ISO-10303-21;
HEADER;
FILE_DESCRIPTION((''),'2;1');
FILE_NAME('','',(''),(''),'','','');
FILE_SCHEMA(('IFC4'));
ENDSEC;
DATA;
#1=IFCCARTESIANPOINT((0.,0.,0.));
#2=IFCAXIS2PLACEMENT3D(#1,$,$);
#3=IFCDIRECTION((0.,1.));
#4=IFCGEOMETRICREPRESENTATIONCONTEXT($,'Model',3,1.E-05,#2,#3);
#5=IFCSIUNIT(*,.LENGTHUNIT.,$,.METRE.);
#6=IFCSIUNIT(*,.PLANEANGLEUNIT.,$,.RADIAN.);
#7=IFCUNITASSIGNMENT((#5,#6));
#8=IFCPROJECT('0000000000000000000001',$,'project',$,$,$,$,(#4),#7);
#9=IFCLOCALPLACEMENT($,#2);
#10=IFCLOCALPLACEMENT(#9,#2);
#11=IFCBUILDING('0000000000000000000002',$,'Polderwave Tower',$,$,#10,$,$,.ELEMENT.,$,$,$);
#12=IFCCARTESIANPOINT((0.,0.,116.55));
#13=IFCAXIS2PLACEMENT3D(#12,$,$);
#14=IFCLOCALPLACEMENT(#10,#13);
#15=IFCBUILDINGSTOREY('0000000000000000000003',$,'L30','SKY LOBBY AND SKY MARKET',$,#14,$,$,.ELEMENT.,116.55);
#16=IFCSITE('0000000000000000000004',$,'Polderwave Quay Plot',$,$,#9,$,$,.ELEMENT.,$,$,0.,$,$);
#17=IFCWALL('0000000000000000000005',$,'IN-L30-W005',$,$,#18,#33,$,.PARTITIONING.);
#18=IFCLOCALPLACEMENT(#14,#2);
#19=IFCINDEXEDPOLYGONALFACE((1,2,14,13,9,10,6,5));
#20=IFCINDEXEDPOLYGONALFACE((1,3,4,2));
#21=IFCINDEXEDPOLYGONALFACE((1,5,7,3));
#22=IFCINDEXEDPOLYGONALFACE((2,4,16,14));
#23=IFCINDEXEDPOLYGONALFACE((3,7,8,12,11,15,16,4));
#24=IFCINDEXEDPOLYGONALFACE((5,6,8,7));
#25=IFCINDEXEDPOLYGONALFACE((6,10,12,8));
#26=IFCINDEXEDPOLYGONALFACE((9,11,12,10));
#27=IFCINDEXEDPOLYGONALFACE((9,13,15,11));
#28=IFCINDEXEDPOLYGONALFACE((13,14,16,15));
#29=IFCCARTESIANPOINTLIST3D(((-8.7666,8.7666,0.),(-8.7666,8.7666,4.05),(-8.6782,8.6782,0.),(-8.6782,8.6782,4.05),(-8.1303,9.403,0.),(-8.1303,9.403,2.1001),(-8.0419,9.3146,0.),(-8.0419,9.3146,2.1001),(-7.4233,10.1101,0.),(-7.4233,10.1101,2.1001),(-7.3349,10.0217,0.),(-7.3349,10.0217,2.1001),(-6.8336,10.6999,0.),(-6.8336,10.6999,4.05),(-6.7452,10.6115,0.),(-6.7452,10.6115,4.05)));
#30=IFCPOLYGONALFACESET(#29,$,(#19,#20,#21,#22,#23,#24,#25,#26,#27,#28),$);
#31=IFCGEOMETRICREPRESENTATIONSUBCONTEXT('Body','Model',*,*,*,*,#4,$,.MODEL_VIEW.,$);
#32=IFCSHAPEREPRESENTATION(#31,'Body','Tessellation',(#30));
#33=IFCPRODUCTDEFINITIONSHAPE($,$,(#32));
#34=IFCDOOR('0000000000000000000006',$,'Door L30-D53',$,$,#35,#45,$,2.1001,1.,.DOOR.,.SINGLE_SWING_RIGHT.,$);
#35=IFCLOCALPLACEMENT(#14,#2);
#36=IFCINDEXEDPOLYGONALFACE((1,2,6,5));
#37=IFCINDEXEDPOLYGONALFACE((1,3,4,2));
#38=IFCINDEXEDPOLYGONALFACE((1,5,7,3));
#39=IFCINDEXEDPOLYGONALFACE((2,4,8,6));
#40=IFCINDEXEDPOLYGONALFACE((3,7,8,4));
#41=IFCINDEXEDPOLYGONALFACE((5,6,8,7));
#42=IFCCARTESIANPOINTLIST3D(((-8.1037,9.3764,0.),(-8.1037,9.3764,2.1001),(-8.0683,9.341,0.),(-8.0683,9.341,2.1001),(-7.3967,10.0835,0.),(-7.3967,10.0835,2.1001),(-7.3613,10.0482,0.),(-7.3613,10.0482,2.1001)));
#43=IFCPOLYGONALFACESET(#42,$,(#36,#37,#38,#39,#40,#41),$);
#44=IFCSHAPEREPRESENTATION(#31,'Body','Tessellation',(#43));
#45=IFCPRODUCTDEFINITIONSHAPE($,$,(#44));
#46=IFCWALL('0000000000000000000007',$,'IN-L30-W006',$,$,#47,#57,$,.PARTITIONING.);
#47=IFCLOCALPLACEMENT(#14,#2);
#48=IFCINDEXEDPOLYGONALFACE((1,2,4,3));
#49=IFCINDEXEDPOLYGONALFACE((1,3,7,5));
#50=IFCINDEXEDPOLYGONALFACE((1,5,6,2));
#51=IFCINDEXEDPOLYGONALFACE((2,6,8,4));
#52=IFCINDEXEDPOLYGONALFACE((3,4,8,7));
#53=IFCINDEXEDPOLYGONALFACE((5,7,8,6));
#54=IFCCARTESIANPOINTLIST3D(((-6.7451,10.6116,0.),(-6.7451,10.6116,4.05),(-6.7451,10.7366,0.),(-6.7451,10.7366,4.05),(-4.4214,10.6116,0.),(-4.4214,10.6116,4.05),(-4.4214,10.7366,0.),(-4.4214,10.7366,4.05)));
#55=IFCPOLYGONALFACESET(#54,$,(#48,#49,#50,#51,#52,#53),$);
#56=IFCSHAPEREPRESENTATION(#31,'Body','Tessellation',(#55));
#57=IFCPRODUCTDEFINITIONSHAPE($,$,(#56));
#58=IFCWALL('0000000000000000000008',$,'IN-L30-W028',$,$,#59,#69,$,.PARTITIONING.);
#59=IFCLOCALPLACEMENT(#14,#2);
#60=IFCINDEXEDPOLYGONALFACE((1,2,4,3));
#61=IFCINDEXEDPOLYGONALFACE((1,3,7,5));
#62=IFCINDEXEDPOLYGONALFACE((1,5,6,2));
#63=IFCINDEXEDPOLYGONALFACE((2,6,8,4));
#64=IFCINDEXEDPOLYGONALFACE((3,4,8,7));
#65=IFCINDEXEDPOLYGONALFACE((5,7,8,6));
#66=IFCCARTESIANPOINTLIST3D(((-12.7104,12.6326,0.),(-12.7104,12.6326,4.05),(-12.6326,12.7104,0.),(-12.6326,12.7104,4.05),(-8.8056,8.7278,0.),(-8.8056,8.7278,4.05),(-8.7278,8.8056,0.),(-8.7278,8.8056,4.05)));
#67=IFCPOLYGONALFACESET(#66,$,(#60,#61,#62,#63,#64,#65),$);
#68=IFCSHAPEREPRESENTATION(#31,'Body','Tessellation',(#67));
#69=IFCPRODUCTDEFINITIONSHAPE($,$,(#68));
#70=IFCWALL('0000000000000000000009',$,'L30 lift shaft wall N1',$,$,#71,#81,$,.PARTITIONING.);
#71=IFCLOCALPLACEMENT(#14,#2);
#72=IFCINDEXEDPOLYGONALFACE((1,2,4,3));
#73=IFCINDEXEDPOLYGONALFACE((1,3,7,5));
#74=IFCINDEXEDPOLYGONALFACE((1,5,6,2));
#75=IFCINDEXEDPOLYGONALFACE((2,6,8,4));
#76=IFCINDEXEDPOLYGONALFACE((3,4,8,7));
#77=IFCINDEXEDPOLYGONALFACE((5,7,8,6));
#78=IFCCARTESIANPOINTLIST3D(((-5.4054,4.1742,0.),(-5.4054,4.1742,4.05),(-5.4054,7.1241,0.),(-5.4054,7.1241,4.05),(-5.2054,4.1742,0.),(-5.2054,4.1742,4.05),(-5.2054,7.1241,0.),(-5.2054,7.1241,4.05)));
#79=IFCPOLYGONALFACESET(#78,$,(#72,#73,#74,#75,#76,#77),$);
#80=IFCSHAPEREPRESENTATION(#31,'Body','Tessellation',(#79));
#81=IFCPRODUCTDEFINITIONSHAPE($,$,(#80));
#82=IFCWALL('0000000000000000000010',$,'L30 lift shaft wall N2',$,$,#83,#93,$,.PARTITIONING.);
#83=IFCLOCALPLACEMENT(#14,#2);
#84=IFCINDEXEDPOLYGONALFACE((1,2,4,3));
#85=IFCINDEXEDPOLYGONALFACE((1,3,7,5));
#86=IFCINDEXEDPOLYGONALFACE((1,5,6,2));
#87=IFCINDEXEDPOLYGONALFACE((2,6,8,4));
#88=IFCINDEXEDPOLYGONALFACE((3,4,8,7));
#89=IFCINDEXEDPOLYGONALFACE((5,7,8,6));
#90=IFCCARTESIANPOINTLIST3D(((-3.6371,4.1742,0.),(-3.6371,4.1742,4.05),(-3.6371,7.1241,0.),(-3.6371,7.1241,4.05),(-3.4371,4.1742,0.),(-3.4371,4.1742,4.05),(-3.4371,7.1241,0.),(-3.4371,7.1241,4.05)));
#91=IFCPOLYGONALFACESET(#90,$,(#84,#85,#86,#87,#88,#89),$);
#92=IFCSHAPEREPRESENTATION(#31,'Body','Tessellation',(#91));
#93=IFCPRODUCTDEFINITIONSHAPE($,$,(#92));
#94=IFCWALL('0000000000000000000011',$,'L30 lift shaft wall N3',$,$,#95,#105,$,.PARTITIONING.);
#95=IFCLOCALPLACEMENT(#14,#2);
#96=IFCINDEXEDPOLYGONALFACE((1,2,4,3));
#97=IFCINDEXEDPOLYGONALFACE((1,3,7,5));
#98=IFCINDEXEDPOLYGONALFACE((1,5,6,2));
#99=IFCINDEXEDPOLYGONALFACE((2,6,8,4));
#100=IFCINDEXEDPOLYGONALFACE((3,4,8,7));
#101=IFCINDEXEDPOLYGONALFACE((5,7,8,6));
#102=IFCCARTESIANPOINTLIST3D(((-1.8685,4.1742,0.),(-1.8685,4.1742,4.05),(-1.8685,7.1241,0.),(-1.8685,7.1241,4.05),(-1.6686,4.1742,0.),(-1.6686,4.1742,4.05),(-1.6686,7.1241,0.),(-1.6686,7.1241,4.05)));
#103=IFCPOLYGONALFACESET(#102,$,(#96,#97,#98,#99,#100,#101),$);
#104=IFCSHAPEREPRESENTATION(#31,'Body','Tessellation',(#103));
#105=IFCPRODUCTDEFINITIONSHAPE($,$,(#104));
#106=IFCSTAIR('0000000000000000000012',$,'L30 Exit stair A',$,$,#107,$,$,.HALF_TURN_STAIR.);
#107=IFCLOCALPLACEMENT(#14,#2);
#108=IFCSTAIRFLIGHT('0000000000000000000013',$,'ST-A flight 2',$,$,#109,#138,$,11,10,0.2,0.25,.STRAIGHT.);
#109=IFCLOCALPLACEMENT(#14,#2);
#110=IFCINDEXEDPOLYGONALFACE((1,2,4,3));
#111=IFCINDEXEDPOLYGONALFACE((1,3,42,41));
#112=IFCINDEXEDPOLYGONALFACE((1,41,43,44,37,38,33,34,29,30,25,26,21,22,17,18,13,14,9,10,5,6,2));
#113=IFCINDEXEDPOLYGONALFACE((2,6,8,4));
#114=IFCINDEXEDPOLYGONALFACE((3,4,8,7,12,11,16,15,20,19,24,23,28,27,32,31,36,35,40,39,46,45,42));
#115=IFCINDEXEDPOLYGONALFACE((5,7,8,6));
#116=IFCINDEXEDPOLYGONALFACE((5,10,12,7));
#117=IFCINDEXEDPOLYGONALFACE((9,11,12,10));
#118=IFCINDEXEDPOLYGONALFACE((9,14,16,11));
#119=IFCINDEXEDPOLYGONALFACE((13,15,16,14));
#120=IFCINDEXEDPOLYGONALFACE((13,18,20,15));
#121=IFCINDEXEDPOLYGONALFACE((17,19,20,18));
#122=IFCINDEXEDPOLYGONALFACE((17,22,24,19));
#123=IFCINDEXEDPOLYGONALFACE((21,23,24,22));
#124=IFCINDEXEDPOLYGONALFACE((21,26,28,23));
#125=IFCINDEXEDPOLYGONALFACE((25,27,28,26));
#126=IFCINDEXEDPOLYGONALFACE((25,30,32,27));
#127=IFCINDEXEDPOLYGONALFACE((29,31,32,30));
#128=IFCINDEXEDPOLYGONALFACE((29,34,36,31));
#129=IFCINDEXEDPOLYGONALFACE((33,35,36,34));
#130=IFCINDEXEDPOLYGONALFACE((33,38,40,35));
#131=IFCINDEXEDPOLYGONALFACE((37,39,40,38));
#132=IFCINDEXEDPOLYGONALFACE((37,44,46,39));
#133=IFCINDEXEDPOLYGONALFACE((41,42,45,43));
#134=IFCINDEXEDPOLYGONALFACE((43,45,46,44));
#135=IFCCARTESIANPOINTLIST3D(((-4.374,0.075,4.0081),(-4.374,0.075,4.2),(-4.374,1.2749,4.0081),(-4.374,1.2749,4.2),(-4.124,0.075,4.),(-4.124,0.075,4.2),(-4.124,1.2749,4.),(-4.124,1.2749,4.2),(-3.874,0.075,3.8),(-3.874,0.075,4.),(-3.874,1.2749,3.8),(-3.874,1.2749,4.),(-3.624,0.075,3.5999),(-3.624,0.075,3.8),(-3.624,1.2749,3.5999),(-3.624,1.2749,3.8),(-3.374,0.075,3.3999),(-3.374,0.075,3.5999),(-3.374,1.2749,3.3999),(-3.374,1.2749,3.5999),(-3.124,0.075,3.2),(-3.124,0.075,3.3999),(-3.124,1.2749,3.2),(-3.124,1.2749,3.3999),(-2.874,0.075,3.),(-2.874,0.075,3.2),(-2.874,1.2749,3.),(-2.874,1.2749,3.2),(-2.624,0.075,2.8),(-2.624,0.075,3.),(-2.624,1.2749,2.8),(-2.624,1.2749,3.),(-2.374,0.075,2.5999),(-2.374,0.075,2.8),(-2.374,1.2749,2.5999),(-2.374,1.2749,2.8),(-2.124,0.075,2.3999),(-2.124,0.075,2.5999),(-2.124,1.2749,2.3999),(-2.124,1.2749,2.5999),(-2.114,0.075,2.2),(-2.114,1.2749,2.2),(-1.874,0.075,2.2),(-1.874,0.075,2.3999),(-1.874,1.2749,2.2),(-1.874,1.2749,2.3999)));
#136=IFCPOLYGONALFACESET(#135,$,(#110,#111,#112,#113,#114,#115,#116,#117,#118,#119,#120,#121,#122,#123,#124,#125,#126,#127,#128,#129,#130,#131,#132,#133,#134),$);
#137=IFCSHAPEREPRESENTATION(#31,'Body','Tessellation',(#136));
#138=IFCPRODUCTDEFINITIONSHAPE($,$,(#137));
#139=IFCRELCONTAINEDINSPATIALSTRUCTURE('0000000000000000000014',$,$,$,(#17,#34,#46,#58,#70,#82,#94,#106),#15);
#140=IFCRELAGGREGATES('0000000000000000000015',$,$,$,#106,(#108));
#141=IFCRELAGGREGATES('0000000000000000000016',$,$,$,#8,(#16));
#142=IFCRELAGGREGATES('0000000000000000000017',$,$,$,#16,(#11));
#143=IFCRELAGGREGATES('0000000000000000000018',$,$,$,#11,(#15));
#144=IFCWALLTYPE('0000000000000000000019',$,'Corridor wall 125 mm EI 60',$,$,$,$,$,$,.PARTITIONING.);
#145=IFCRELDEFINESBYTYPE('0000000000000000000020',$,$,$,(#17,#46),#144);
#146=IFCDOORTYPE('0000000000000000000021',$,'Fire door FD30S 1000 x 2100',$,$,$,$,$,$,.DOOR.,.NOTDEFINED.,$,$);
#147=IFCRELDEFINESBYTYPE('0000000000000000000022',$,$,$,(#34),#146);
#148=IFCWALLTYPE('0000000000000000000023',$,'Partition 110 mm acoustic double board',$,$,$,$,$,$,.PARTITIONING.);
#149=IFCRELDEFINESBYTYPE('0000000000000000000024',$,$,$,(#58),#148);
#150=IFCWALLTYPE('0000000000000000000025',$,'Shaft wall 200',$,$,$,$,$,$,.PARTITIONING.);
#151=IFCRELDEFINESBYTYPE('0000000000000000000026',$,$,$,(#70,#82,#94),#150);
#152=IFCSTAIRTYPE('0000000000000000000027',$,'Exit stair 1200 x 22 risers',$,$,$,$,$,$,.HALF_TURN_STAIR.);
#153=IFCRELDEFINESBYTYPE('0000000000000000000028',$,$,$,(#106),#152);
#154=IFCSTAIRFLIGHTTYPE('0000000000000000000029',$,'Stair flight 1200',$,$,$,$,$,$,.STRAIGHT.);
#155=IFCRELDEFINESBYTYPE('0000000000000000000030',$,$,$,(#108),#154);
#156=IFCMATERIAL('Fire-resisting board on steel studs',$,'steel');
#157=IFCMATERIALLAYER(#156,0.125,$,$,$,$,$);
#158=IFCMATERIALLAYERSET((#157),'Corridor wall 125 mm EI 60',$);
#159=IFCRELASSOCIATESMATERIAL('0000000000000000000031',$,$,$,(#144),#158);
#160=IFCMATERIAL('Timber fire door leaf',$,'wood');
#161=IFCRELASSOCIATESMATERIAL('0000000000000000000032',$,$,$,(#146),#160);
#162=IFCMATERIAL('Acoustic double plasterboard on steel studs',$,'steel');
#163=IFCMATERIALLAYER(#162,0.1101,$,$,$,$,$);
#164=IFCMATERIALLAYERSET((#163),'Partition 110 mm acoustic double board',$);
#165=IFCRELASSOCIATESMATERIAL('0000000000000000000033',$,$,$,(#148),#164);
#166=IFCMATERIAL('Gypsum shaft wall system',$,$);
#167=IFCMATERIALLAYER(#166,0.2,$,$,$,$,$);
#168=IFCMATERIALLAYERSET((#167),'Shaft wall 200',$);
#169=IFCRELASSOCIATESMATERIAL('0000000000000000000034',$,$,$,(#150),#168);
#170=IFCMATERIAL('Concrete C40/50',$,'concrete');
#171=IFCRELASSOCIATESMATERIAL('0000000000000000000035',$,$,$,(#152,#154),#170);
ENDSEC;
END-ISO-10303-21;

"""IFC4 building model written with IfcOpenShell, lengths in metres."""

from ifc_helpers import new_model, si_unit, direction, frame, frame_2d, origin, place, context, subcontext, project, spatial, polyline, rectangle, outline, extrude, material, layer, layer_set, type_object, element, fill, aggregate, save


model = new_model("IFC4")

# Units and contexts
model_context = context("Model", 3, precision=1e-05, world=origin(), true_north=direction((0.0, 1.0)))
body_context = subcontext(model_context, "Body", "Model", "MODEL_VIEW")
ifc_project = project(units=[si_unit("LENGTHUNIT", "METRE"), si_unit("PLANEANGLEUNIT", "RADIAN")], contexts=[model_context])

# Site, building, storey
site_placement = place(None, origin())
site = spatial("IfcSite", under=ifc_project, at=site_placement, Name="Polderwave Quay Plot", CompositionType="ELEMENT", RefElevation=0.0)
building_placement = place(site_placement, origin())
building = spatial("IfcBuilding", under=site, at=building_placement, Name="Polderwave Tower", CompositionType="ELEMENT")
storey_placement = place(building_placement, frame((0.0, 0.0, 116.55)))
storey = spatial("IfcBuildingStorey", under=building, at=storey_placement, Name="L30", Description="SKY LOBBY AND SKY MARKET", CompositionType="ELEMENT", Elevation=116.55)

# Wall, opening, door
ifc_material_1 = material(Name="Fire-resisting board on steel studs", Category="steel")
ifc_layer_1 = layer(ifc_material_1, 0.125)
ifc_layer_set_1 = layer_set([ifc_layer_1], Name="Corridor wall 125 mm EI 60")
wall_type_1 = type_object("IfcWallType", Name="Corridor wall 125 mm EI 60", PredefinedType="PARTITIONING", material=ifc_layer_set_1)
wall_1_placement = place(storey_placement, frame((-8.7224, 8.7224, 0.0), z_axis=(0.0, 0.0, 1.0), x_axis=(0.707062, 0.707151, 0.0)))
wall_1 = element("IfcWall", 1, at=wall_1_placement, inside=storey, type_object=wall_type_1, Name="IN-L30-W005", PredefinedType="PARTITIONING", context=body_context, shape_type="SweptSolid", body=[
    extrude(rectangle(XDim=2.7339, YDim=0.125, at=frame_2d((1.3669, 0.0))), origin(), (0.0, 0.0, 1.0), 4.05),
])
opening_1_placement = place(wall_1_placement, frame((0.8999, 0.0, 0.0)))
opening_1 = element("IfcOpeningElement", 2, at=opening_1_placement, cuts=wall_1, PredefinedType="OPENING", context=body_context, shape_type="SweptSolid", body=[
    extrude(rectangle(XDim=1.0, YDim=2.1001, at=frame_2d((0.5, 1.05))), frame((0.0, 0.0725, 0.0), z_axis=(0.0, -1.0, 0.0), x_axis=(1.0, 0.0, 0.0)), (0.0, 0.0, 1.0), 0.145),
])
ifc_material_2 = material(Name="Timber fire door leaf", Category="wood")
door_type_1 = type_object("IfcDoorType", Name="Fire door FD30S 1000 x 2100", OperationType="NOTDEFINED", PredefinedType="DOOR", material=ifc_material_2)
door_1_placement = place(opening_1_placement, origin())
door_1 = element("IfcDoor", 3, at=door_1_placement, inside=storey, type_object=door_type_1, Name="Door L30-D53", OperationType="SINGLE_SWING_RIGHT", OverallHeight=2.1001, OverallWidth=1.0, PredefinedType="DOOR", context=body_context, shape_type="SweptSolid", body=[
    extrude(rectangle(XDim=1.0, YDim=2.1001, at=frame_2d((0.5, 1.05))), frame((0.0, 0.0249, 0.0), z_axis=(0.0, -1.0, 0.0), x_axis=(1.0, 0.0, 0.0)), (0.0, 0.0, 1.0), 0.05),
])
fill(opening_1, door_1)

# Walls
wall_2_placement = place(storey_placement, frame((-6.7451, 10.6741, 0.0), z_axis=(0.0, 0.0, 1.0), x_axis=(1.0, 0.0, 0.0)))
element("IfcWall", 4, at=wall_2_placement, inside=storey, type_object=wall_type_1, Name="IN-L30-W006", PredefinedType="PARTITIONING", context=body_context, shape_type="SweptSolid", body=[
    extrude(rectangle(XDim=2.3237, YDim=0.125, at=frame_2d((1.1619, 0.0))), origin(), (0.0, 0.0, 1.0), 4.05),
])
ifc_material_3 = material(Name="Acoustic double plasterboard on steel studs", Category="steel")
ifc_layer_2 = layer(ifc_material_3, 0.1101)
ifc_layer_set_2 = layer_set([ifc_layer_2], Name="Partition 110 mm acoustic double board")
wall_type_2 = type_object("IfcWallType", Name="Partition 110 mm acoustic double board", PredefinedType="PARTITIONING", material=ifc_layer_set_2)
wall_3_placement = place(storey_placement, frame((-8.7666, 8.7666, 0.0), z_axis=(0.0, 0.0, 1.0), x_axis=(-0.707107, 0.707107, 0.0)))
element("IfcWall", 5, at=wall_3_placement, inside=storey, type_object=wall_type_2, Name="IN-L30-W028", PredefinedType="PARTITIONING", context=body_context, shape_type="SweptSolid", body=[
    extrude(rectangle(XDim=5.5222, YDim=0.1101, at=frame_2d((2.7612, 0.0))), origin(), (0.0, 0.0, 1.0), 4.05),
])
ifc_material_4 = material(Name="Gypsum shaft wall system")
ifc_layer_3 = layer(ifc_material_4, 0.2)
ifc_layer_set_3 = layer_set([ifc_layer_3], Name="Shaft wall 200")
wall_type_3 = type_object("IfcWallType", Name="Shaft wall 200", PredefinedType="PARTITIONING", material=ifc_layer_set_3)
for number, where, z_axis, x_axis, name in (
    (6, (-5.3054, 4.1741, 0.0), (0.0, 0.0, 1.0), (0.0, 1.0, 0.0), "L30 lift shaft wall N1"),
    (7, (-3.5371, 4.1741, 0.0), (0.0, 0.0, 1.0), (0.0, 1.0, 0.0), "L30 lift shaft wall N2"),
    (8, (-1.7686, 4.1741, 0.0), (0.0, 0.0, 1.0), (0.0, 1.0, 0.0), "L30 lift shaft wall N3"),
):
    element("IfcWall", number, at=place(storey_placement, frame(where, z_axis=z_axis, x_axis=x_axis)), inside=storey, type_object=wall_type_3, Name=name, PredefinedType="PARTITIONING", context=body_context, shape_type="SweptSolid", body=[
        extrude(rectangle(XDim=2.95, YDim=0.2, at=frame_2d((1.4751, 0.0))), origin(), (0.0, 0.0, 1.0), 4.05),
    ])

# Stair, stair flight
ifc_material_5 = material(Name="Concrete C40/50", Category="concrete")
stair_type = type_object("IfcStairType", Name="Exit stair 1200 x 22 risers", PredefinedType="HALF_TURN_STAIR", material=ifc_material_5)
stair_placement = place(storey_placement, origin())
stair = element("IfcStair", 9, at=stair_placement, inside=storey, type_object=stair_type, Name="L30 Exit stair A", PredefinedType="HALF_TURN_STAIR")
stair_flight_type = type_object("IfcStairFlightType", Name="Stair flight 1200", PredefinedType="STRAIGHT", material=ifc_material_5)
stair_flight_placement = place(storey_placement, frame((-1.874, 0.675, 2.2), z_axis=(0.0, 0.0, 1.0), x_axis=(-1.0, 0.0, 0.0)))
stair_flight = element("IfcStairFlight", 10, at=stair_flight_placement, type_object=stair_flight_type, Name="ST-A flight 2", NumberOfRisers=11, NumberOfTreads=10, PredefinedType="STRAIGHT", RiserHeight=0.2, TreadLength=0.25, context=body_context, shape_type="SweptSolid", body=[
    extrude(outline(polyline([(0.0, 0.0), (0.0, 0.2), (0.25, 0.2), (0.25, 0.3999), (0.5, 0.3999), (0.5, 0.6001), (0.75, 0.6001), (0.75, 0.8), (1.0, 0.8), (1.0, 1.0), (1.25, 1.0), (1.25, 1.2), (1.5, 1.2), (1.5, 1.3999), (1.75, 1.3999), (1.75, 1.6001), (2.0, 1.6001), (2.0, 1.8), (2.25, 1.8), (2.25, 2.0), (2.5, 2.0), (2.5, 2.2), (2.5, 1.8081), (0.24, 0.0), (0.0, 0.0)])), frame((0.0, 0.6001, 0.0), z_axis=(0.0, -1.0, 0.0), x_axis=(1.0, 0.0, 0.0)), (0.0, 0.0, 1.0), 1.2),
])
aggregate(stair, [stair_flight])

save(model, "model.ifc")
